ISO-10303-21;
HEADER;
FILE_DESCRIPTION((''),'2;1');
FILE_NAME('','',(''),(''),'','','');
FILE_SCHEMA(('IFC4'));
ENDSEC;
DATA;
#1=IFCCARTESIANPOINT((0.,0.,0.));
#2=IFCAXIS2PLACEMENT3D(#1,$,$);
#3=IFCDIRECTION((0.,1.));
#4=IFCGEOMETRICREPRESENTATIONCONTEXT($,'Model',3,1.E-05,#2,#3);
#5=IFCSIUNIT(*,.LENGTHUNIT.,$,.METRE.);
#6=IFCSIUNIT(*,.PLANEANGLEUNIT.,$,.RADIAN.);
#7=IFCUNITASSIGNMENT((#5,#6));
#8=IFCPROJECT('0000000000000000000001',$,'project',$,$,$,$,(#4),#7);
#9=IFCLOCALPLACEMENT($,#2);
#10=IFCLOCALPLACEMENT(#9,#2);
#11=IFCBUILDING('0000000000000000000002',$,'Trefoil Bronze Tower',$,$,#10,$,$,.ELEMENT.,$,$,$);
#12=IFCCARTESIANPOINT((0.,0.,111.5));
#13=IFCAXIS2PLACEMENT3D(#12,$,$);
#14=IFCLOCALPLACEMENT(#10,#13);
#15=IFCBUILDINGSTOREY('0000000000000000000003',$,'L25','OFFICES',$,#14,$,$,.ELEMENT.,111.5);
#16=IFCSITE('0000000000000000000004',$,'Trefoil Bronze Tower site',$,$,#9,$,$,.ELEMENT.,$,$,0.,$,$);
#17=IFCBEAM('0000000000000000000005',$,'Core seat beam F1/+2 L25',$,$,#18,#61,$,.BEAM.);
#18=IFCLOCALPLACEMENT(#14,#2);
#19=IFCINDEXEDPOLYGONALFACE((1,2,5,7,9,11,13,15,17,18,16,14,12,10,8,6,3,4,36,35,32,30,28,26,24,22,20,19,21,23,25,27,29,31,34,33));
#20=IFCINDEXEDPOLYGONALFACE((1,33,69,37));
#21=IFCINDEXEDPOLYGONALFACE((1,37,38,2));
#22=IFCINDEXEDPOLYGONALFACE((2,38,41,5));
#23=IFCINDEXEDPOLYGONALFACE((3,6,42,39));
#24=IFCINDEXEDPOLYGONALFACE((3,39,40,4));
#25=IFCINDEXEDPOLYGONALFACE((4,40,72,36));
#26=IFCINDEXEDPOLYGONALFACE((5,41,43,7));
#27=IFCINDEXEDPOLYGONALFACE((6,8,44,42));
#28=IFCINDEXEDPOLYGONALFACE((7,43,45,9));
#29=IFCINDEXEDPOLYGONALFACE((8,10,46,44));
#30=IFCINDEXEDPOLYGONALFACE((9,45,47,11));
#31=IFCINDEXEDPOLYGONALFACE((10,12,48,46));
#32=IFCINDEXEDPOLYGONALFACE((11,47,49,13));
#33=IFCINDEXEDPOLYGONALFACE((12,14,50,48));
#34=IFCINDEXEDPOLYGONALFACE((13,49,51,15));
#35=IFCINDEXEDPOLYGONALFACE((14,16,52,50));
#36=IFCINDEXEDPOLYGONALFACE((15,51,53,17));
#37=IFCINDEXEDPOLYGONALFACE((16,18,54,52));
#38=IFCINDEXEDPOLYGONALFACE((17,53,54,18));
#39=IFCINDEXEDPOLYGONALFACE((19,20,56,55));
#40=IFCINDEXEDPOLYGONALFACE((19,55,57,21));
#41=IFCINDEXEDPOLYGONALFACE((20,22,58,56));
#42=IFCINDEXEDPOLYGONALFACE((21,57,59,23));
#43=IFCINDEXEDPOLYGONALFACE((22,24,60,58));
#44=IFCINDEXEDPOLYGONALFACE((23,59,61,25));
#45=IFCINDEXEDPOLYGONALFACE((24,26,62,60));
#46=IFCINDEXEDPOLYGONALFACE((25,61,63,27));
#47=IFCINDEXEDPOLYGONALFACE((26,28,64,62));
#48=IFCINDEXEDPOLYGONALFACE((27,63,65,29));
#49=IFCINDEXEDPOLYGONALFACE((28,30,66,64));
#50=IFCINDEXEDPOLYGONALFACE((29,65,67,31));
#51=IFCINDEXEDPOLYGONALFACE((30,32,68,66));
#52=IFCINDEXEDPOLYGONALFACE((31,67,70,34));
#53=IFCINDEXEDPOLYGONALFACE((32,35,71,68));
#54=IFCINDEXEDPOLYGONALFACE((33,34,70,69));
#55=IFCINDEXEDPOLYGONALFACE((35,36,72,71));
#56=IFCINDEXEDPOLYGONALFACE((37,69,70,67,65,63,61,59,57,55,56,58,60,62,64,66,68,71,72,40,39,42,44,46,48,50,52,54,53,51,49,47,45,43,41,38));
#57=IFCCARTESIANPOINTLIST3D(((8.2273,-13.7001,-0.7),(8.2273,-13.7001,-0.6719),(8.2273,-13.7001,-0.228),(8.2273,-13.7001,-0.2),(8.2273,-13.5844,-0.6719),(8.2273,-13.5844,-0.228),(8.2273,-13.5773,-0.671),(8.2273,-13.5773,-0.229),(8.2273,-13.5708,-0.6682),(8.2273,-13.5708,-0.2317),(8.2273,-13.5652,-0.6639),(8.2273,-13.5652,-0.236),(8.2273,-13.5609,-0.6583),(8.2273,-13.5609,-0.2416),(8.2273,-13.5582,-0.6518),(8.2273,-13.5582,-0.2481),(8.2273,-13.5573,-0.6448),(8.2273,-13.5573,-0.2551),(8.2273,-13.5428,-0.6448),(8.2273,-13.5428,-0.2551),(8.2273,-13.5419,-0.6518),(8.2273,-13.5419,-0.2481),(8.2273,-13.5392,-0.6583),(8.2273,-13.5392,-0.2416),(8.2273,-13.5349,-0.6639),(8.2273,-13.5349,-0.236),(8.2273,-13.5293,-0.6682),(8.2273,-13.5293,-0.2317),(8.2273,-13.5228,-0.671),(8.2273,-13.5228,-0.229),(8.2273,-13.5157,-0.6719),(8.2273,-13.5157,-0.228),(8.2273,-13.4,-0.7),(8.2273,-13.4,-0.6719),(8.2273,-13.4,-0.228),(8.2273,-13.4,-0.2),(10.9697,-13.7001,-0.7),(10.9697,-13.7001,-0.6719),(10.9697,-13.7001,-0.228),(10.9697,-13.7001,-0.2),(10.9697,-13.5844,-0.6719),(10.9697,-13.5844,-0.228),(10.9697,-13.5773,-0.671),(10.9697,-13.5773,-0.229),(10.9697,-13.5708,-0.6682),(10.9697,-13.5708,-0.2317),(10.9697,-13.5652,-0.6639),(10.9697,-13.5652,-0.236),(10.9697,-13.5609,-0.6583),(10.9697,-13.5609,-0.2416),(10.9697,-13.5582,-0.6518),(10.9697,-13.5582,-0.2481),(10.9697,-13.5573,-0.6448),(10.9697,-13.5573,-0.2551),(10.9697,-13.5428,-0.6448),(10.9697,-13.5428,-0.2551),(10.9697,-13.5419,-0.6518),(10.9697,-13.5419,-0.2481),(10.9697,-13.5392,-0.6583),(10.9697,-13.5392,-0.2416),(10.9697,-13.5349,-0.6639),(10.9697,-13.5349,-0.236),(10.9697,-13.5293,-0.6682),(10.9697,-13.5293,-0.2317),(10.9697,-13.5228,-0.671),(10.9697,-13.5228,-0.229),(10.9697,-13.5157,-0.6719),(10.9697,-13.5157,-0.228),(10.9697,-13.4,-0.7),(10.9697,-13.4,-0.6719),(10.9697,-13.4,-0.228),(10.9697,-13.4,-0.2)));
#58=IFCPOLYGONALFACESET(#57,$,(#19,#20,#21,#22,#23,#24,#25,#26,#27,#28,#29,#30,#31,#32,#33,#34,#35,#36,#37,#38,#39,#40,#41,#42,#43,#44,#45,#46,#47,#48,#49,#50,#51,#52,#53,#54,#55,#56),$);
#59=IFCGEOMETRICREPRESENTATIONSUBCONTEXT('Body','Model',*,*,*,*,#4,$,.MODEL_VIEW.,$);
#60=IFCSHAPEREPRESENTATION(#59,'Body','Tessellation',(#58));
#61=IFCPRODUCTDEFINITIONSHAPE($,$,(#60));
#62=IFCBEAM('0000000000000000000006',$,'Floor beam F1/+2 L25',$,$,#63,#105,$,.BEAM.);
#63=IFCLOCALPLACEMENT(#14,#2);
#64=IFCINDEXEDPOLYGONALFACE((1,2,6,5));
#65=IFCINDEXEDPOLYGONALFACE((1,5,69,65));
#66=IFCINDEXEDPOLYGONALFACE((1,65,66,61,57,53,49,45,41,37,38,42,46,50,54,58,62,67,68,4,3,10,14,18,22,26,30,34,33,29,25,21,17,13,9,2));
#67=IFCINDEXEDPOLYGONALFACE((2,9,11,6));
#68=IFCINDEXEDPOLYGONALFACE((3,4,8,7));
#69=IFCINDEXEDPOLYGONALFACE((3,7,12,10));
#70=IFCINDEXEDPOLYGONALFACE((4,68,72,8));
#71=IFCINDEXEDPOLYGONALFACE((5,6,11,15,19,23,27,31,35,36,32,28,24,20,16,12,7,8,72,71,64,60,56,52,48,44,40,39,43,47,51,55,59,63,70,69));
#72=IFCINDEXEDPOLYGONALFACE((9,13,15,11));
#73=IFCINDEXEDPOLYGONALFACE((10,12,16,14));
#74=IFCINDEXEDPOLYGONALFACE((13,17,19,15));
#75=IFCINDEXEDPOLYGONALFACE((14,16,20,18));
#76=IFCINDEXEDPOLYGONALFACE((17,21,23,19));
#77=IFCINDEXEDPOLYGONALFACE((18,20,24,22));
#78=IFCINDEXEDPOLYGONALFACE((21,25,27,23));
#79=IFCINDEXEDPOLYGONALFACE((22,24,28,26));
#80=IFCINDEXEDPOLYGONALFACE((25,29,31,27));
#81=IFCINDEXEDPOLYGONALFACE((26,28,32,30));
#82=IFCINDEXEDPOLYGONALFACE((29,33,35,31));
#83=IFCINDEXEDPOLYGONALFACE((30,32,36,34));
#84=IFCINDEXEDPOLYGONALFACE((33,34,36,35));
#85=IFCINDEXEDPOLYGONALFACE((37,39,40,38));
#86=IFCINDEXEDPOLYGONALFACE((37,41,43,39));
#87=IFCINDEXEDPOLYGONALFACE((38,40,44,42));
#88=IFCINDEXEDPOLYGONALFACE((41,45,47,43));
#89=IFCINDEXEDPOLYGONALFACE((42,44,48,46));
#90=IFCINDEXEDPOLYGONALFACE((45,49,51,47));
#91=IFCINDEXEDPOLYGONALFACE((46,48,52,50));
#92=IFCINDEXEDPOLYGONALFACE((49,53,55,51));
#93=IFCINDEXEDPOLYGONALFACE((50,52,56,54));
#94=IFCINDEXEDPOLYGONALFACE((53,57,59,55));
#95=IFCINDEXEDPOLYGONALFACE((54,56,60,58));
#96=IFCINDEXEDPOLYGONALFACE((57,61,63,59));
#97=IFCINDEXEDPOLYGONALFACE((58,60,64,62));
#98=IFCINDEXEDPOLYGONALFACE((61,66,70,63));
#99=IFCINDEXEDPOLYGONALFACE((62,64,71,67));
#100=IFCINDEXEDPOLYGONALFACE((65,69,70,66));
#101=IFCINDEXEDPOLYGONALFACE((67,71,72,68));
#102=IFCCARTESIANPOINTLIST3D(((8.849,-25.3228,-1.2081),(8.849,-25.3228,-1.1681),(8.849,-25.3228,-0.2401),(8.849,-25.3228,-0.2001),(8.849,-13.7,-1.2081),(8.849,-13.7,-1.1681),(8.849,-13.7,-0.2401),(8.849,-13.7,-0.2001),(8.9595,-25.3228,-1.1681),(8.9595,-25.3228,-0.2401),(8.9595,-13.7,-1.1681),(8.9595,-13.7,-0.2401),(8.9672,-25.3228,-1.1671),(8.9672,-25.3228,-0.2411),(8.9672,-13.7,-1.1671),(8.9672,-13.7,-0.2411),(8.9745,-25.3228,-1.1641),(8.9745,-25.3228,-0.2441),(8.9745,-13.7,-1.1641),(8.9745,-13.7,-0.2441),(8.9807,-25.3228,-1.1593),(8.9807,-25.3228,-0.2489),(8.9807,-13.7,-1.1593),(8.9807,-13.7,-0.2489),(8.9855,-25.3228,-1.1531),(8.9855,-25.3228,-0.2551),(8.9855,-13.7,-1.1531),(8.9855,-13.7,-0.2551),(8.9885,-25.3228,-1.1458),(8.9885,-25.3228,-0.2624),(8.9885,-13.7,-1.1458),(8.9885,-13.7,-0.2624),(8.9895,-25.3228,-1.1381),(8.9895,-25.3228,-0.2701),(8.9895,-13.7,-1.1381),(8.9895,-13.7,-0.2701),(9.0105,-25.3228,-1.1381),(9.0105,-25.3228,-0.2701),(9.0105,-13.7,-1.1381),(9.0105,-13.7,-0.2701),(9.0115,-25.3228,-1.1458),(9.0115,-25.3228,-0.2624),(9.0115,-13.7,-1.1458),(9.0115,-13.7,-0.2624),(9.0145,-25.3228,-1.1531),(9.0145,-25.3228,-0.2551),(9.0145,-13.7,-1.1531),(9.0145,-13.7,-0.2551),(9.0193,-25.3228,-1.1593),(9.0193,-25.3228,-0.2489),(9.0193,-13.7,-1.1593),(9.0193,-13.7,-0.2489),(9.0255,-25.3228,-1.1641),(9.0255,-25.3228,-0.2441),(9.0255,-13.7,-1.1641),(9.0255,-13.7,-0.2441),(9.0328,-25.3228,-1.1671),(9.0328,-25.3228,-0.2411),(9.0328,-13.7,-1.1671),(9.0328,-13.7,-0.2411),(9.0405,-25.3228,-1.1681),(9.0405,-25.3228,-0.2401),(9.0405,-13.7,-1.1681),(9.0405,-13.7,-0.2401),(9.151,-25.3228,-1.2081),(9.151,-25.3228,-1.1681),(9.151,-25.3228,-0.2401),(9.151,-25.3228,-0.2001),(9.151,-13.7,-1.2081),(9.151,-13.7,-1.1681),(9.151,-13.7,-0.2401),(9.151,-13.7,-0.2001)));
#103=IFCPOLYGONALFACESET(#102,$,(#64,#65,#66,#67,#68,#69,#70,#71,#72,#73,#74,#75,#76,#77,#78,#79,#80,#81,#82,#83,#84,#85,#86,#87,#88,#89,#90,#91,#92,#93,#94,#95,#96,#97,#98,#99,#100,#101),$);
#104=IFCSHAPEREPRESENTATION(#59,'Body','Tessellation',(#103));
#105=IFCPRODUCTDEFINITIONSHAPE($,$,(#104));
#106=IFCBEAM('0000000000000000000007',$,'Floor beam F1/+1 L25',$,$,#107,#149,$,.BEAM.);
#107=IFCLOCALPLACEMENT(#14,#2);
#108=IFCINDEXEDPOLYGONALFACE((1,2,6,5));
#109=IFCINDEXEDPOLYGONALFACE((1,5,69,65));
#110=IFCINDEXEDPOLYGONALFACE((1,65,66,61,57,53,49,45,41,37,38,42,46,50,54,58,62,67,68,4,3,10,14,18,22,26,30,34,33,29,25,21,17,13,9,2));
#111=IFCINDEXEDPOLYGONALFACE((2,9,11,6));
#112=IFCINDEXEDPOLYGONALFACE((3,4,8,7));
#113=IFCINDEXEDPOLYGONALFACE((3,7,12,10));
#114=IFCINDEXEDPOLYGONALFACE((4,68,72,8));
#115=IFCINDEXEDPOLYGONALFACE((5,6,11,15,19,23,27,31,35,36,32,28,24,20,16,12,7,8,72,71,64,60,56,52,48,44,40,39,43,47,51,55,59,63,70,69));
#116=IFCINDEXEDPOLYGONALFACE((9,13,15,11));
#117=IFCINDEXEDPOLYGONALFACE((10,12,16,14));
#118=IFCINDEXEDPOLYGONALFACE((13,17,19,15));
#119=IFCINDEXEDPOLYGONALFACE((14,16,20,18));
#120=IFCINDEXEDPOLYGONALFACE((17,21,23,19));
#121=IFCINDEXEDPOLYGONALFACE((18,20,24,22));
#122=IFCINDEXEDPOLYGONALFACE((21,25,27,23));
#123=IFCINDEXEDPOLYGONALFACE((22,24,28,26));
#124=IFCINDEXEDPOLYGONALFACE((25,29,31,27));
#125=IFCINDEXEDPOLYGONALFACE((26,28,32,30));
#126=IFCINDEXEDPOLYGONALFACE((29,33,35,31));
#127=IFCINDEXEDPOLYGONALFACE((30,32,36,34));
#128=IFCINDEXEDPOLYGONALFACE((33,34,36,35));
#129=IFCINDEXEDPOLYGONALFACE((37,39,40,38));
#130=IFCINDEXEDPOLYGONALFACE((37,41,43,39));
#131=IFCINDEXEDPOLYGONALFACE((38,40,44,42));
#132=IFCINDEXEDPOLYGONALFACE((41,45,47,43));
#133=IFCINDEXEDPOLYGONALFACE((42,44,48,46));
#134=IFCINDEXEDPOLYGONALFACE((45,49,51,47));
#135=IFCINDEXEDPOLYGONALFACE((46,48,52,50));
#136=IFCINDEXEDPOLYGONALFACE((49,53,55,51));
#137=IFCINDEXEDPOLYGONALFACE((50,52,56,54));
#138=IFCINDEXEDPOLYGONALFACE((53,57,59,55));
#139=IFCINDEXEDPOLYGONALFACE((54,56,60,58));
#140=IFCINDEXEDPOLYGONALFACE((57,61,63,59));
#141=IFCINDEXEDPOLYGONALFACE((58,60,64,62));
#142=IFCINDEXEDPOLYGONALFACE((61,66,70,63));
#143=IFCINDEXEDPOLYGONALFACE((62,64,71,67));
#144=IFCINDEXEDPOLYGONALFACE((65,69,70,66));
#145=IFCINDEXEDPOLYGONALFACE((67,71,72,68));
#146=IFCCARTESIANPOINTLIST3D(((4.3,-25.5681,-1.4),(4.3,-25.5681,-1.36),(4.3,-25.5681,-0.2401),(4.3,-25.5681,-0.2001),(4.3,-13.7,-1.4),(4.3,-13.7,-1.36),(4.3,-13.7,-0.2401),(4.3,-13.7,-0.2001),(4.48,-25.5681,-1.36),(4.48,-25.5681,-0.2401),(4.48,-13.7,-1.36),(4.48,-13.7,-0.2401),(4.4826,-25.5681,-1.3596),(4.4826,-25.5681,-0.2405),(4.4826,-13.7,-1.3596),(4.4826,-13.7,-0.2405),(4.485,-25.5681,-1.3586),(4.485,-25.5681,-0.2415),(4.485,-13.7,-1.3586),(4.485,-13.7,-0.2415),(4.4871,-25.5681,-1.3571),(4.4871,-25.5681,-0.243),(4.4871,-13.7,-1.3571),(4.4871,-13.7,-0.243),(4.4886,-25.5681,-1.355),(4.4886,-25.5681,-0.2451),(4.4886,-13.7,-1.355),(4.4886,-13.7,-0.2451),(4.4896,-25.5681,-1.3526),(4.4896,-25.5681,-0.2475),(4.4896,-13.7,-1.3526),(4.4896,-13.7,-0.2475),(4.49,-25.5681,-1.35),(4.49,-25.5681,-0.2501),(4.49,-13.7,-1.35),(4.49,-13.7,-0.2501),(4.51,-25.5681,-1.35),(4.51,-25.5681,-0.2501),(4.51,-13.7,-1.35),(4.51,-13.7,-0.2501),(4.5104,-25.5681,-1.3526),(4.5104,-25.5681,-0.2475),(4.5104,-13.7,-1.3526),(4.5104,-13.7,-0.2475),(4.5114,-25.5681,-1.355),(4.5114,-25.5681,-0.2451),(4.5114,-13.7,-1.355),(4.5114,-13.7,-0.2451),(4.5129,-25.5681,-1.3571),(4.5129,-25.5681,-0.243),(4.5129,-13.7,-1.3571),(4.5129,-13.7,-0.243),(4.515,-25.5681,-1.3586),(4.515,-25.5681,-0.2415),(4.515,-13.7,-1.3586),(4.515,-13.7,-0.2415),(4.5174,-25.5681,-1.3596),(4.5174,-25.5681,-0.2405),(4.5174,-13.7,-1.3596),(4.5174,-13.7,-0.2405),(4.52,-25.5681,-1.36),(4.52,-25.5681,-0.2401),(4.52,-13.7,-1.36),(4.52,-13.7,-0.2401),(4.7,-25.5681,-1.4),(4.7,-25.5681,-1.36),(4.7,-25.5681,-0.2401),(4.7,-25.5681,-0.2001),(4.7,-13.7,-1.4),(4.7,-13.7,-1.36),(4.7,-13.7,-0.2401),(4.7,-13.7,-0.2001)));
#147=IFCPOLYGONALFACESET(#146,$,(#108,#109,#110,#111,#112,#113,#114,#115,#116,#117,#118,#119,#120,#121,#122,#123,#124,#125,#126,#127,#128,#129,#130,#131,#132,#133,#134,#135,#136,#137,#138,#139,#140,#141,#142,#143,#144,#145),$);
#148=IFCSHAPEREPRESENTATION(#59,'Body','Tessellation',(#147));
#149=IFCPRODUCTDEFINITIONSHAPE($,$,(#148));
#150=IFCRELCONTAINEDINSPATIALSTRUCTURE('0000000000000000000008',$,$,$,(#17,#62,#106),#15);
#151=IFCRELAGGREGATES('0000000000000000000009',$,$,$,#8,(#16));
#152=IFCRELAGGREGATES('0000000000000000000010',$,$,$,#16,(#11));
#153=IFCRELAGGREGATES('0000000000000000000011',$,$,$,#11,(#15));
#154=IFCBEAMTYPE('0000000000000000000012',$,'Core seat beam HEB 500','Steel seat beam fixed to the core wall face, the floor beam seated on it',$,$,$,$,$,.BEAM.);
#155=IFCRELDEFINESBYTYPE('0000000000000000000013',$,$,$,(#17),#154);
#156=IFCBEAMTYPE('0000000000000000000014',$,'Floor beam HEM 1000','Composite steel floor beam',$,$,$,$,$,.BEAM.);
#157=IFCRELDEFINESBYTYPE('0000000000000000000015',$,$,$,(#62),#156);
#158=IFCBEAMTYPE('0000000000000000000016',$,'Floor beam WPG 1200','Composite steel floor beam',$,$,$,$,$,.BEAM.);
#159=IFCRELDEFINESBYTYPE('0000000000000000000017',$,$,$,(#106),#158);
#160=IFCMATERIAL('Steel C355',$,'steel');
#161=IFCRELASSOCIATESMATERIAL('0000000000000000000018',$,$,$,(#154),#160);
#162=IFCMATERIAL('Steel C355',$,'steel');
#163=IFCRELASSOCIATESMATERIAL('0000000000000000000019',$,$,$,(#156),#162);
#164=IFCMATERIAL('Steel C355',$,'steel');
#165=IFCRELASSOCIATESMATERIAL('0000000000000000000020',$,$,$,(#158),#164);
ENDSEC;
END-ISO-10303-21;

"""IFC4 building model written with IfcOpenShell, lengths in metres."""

from ifc_helpers import new_model, si_unit, direction, frame, origin, origin_2d, place, context, subcontext, project, spatial, i_section, extrude, material, material_profile, profile_set, type_object, element, save


model = new_model("IFC4")

# Units and contexts
model_context = context("Model", 3, precision=1e-05, world=origin(), true_north=direction((0.0, 1.0)))
body_context = subcontext(model_context, "Body", "Model", "MODEL_VIEW")
ifc_project = project(units=[si_unit("LENGTHUNIT", "METRE"), si_unit("PLANEANGLEUNIT", "RADIAN")], contexts=[model_context])

# Site, building, storey
site_placement = place(None, origin())
site = spatial("IfcSite", under=ifc_project, at=site_placement, Name="Trefoil Bronze Tower site", CompositionType="ELEMENT", RefElevation=0.0)
building_placement = place(site_placement, origin())
building = spatial("IfcBuilding", under=site, at=building_placement, Name="Trefoil Bronze Tower", CompositionType="ELEMENT")
storey_placement = place(building_placement, frame((0.0, 0.0, 111.5)))
storey = spatial("IfcBuildingStorey", under=building, at=storey_placement, Name="L25", Description="OFFICES", CompositionType="ELEMENT", Elevation=111.5)

# Beams
ifc_material_1 = material(Name="Steel C355", Category="steel")
ifc_material_profile_1 = material_profile(ifc_material_1, i_section(OverallWidth=0.3, OverallDepth=0.5, WebThickness=0.0144, FlangeThickness=0.0281, FilletRadius=0.0271, at=origin_2d()), Name="HEB 500")
ifc_profile_set_1 = profile_set([ifc_material_profile_1], Name="Steel C355")
beam_type_1 = type_object("IfcBeamType", Name="Core seat beam HEB 500", Description="Steel seat beam fixed to the core wall face, the floor beam seated on it", PredefinedType="BEAM", material=ifc_profile_set_1)
for number, where, z_axis, x_axis, name in (
    (1, (8.2273, -13.55, -0.45), (1.0, 0.0, 0.0), (0.0, 1.0, 0.0), "Core seat beam F1/+2 L25"),
):
    element("IfcBeam", number, at=place(storey_placement, frame(where, z_axis=z_axis, x_axis=x_axis)), inside=storey, type_object=beam_type_1, Name=name, PredefinedType="BEAM", context=body_context, shape_type="SweptSolid", body=[
        extrude(i_section(OverallWidth=0.3, OverallDepth=0.5, WebThickness=0.0144, FlangeThickness=0.0281, FilletRadius=0.0271, at=origin_2d()), origin(), (0.0, 0.0, 1.0), 2.7424),
    ])
ifc_material_2 = material(Name="Steel C355", Category="steel")
ifc_material_profile_2 = material_profile(ifc_material_2, i_section(OverallWidth=0.302, OverallDepth=1.0081, WebThickness=0.021, FlangeThickness=0.04, FilletRadius=0.03, at=origin_2d()), Name="HEM 1000")
ifc_profile_set_2 = profile_set([ifc_material_profile_2], Name="Steel C355")
beam_type_2 = type_object("IfcBeamType", Name="Floor beam HEM 1000", Description="Composite steel floor beam", PredefinedType="BEAM", material=ifc_profile_set_2)
beam_1_placement = place(storey_placement, frame((9.0, -25.3228, -0.7041), z_axis=(0.0, 1.0, 0.0), x_axis=(-1.0, 0.0, 0.0)))
element("IfcBeam", 2, at=beam_1_placement, inside=storey, type_object=beam_type_2, Name="Floor beam F1/+2 L25", PredefinedType="BEAM", context=body_context, shape_type="SweptSolid", body=[
    extrude(i_section(OverallWidth=0.302, OverallDepth=1.0081, WebThickness=0.021, FlangeThickness=0.04, FilletRadius=0.03, at=origin_2d()), origin(), (0.0, 0.0, 1.0), 11.6228),
])
ifc_material_3 = material(Name="Steel C355", Category="steel")
ifc_material_profile_3 = material_profile(ifc_material_3, i_section(OverallWidth=0.3999, OverallDepth=1.2, WebThickness=0.02, FlangeThickness=0.04, FilletRadius=0.01, at=origin_2d()), Name="WPG 1200")
ifc_profile_set_3 = profile_set([ifc_material_profile_3], Name="Steel C355")
beam_type_3 = type_object("IfcBeamType", Name="Floor beam WPG 1200", Description="Composite steel floor beam", PredefinedType="BEAM", material=ifc_profile_set_3)
beam_2_placement = place(storey_placement, frame((4.5, -25.5681, -0.8), z_axis=(0.0, 1.0, 0.0), x_axis=(-1.0, 0.0, 0.0)))
element("IfcBeam", 3, at=beam_2_placement, inside=storey, type_object=beam_type_3, Name="Floor beam F1/+1 L25", PredefinedType="BEAM", context=body_context, shape_type="SweptSolid", body=[
    extrude(i_section(OverallWidth=0.3999, OverallDepth=1.2, WebThickness=0.02, FlangeThickness=0.04, FilletRadius=0.01, at=origin_2d()), origin(), (0.0, 0.0, 1.0), 11.8682),
])

save(model, "model.ifc")
